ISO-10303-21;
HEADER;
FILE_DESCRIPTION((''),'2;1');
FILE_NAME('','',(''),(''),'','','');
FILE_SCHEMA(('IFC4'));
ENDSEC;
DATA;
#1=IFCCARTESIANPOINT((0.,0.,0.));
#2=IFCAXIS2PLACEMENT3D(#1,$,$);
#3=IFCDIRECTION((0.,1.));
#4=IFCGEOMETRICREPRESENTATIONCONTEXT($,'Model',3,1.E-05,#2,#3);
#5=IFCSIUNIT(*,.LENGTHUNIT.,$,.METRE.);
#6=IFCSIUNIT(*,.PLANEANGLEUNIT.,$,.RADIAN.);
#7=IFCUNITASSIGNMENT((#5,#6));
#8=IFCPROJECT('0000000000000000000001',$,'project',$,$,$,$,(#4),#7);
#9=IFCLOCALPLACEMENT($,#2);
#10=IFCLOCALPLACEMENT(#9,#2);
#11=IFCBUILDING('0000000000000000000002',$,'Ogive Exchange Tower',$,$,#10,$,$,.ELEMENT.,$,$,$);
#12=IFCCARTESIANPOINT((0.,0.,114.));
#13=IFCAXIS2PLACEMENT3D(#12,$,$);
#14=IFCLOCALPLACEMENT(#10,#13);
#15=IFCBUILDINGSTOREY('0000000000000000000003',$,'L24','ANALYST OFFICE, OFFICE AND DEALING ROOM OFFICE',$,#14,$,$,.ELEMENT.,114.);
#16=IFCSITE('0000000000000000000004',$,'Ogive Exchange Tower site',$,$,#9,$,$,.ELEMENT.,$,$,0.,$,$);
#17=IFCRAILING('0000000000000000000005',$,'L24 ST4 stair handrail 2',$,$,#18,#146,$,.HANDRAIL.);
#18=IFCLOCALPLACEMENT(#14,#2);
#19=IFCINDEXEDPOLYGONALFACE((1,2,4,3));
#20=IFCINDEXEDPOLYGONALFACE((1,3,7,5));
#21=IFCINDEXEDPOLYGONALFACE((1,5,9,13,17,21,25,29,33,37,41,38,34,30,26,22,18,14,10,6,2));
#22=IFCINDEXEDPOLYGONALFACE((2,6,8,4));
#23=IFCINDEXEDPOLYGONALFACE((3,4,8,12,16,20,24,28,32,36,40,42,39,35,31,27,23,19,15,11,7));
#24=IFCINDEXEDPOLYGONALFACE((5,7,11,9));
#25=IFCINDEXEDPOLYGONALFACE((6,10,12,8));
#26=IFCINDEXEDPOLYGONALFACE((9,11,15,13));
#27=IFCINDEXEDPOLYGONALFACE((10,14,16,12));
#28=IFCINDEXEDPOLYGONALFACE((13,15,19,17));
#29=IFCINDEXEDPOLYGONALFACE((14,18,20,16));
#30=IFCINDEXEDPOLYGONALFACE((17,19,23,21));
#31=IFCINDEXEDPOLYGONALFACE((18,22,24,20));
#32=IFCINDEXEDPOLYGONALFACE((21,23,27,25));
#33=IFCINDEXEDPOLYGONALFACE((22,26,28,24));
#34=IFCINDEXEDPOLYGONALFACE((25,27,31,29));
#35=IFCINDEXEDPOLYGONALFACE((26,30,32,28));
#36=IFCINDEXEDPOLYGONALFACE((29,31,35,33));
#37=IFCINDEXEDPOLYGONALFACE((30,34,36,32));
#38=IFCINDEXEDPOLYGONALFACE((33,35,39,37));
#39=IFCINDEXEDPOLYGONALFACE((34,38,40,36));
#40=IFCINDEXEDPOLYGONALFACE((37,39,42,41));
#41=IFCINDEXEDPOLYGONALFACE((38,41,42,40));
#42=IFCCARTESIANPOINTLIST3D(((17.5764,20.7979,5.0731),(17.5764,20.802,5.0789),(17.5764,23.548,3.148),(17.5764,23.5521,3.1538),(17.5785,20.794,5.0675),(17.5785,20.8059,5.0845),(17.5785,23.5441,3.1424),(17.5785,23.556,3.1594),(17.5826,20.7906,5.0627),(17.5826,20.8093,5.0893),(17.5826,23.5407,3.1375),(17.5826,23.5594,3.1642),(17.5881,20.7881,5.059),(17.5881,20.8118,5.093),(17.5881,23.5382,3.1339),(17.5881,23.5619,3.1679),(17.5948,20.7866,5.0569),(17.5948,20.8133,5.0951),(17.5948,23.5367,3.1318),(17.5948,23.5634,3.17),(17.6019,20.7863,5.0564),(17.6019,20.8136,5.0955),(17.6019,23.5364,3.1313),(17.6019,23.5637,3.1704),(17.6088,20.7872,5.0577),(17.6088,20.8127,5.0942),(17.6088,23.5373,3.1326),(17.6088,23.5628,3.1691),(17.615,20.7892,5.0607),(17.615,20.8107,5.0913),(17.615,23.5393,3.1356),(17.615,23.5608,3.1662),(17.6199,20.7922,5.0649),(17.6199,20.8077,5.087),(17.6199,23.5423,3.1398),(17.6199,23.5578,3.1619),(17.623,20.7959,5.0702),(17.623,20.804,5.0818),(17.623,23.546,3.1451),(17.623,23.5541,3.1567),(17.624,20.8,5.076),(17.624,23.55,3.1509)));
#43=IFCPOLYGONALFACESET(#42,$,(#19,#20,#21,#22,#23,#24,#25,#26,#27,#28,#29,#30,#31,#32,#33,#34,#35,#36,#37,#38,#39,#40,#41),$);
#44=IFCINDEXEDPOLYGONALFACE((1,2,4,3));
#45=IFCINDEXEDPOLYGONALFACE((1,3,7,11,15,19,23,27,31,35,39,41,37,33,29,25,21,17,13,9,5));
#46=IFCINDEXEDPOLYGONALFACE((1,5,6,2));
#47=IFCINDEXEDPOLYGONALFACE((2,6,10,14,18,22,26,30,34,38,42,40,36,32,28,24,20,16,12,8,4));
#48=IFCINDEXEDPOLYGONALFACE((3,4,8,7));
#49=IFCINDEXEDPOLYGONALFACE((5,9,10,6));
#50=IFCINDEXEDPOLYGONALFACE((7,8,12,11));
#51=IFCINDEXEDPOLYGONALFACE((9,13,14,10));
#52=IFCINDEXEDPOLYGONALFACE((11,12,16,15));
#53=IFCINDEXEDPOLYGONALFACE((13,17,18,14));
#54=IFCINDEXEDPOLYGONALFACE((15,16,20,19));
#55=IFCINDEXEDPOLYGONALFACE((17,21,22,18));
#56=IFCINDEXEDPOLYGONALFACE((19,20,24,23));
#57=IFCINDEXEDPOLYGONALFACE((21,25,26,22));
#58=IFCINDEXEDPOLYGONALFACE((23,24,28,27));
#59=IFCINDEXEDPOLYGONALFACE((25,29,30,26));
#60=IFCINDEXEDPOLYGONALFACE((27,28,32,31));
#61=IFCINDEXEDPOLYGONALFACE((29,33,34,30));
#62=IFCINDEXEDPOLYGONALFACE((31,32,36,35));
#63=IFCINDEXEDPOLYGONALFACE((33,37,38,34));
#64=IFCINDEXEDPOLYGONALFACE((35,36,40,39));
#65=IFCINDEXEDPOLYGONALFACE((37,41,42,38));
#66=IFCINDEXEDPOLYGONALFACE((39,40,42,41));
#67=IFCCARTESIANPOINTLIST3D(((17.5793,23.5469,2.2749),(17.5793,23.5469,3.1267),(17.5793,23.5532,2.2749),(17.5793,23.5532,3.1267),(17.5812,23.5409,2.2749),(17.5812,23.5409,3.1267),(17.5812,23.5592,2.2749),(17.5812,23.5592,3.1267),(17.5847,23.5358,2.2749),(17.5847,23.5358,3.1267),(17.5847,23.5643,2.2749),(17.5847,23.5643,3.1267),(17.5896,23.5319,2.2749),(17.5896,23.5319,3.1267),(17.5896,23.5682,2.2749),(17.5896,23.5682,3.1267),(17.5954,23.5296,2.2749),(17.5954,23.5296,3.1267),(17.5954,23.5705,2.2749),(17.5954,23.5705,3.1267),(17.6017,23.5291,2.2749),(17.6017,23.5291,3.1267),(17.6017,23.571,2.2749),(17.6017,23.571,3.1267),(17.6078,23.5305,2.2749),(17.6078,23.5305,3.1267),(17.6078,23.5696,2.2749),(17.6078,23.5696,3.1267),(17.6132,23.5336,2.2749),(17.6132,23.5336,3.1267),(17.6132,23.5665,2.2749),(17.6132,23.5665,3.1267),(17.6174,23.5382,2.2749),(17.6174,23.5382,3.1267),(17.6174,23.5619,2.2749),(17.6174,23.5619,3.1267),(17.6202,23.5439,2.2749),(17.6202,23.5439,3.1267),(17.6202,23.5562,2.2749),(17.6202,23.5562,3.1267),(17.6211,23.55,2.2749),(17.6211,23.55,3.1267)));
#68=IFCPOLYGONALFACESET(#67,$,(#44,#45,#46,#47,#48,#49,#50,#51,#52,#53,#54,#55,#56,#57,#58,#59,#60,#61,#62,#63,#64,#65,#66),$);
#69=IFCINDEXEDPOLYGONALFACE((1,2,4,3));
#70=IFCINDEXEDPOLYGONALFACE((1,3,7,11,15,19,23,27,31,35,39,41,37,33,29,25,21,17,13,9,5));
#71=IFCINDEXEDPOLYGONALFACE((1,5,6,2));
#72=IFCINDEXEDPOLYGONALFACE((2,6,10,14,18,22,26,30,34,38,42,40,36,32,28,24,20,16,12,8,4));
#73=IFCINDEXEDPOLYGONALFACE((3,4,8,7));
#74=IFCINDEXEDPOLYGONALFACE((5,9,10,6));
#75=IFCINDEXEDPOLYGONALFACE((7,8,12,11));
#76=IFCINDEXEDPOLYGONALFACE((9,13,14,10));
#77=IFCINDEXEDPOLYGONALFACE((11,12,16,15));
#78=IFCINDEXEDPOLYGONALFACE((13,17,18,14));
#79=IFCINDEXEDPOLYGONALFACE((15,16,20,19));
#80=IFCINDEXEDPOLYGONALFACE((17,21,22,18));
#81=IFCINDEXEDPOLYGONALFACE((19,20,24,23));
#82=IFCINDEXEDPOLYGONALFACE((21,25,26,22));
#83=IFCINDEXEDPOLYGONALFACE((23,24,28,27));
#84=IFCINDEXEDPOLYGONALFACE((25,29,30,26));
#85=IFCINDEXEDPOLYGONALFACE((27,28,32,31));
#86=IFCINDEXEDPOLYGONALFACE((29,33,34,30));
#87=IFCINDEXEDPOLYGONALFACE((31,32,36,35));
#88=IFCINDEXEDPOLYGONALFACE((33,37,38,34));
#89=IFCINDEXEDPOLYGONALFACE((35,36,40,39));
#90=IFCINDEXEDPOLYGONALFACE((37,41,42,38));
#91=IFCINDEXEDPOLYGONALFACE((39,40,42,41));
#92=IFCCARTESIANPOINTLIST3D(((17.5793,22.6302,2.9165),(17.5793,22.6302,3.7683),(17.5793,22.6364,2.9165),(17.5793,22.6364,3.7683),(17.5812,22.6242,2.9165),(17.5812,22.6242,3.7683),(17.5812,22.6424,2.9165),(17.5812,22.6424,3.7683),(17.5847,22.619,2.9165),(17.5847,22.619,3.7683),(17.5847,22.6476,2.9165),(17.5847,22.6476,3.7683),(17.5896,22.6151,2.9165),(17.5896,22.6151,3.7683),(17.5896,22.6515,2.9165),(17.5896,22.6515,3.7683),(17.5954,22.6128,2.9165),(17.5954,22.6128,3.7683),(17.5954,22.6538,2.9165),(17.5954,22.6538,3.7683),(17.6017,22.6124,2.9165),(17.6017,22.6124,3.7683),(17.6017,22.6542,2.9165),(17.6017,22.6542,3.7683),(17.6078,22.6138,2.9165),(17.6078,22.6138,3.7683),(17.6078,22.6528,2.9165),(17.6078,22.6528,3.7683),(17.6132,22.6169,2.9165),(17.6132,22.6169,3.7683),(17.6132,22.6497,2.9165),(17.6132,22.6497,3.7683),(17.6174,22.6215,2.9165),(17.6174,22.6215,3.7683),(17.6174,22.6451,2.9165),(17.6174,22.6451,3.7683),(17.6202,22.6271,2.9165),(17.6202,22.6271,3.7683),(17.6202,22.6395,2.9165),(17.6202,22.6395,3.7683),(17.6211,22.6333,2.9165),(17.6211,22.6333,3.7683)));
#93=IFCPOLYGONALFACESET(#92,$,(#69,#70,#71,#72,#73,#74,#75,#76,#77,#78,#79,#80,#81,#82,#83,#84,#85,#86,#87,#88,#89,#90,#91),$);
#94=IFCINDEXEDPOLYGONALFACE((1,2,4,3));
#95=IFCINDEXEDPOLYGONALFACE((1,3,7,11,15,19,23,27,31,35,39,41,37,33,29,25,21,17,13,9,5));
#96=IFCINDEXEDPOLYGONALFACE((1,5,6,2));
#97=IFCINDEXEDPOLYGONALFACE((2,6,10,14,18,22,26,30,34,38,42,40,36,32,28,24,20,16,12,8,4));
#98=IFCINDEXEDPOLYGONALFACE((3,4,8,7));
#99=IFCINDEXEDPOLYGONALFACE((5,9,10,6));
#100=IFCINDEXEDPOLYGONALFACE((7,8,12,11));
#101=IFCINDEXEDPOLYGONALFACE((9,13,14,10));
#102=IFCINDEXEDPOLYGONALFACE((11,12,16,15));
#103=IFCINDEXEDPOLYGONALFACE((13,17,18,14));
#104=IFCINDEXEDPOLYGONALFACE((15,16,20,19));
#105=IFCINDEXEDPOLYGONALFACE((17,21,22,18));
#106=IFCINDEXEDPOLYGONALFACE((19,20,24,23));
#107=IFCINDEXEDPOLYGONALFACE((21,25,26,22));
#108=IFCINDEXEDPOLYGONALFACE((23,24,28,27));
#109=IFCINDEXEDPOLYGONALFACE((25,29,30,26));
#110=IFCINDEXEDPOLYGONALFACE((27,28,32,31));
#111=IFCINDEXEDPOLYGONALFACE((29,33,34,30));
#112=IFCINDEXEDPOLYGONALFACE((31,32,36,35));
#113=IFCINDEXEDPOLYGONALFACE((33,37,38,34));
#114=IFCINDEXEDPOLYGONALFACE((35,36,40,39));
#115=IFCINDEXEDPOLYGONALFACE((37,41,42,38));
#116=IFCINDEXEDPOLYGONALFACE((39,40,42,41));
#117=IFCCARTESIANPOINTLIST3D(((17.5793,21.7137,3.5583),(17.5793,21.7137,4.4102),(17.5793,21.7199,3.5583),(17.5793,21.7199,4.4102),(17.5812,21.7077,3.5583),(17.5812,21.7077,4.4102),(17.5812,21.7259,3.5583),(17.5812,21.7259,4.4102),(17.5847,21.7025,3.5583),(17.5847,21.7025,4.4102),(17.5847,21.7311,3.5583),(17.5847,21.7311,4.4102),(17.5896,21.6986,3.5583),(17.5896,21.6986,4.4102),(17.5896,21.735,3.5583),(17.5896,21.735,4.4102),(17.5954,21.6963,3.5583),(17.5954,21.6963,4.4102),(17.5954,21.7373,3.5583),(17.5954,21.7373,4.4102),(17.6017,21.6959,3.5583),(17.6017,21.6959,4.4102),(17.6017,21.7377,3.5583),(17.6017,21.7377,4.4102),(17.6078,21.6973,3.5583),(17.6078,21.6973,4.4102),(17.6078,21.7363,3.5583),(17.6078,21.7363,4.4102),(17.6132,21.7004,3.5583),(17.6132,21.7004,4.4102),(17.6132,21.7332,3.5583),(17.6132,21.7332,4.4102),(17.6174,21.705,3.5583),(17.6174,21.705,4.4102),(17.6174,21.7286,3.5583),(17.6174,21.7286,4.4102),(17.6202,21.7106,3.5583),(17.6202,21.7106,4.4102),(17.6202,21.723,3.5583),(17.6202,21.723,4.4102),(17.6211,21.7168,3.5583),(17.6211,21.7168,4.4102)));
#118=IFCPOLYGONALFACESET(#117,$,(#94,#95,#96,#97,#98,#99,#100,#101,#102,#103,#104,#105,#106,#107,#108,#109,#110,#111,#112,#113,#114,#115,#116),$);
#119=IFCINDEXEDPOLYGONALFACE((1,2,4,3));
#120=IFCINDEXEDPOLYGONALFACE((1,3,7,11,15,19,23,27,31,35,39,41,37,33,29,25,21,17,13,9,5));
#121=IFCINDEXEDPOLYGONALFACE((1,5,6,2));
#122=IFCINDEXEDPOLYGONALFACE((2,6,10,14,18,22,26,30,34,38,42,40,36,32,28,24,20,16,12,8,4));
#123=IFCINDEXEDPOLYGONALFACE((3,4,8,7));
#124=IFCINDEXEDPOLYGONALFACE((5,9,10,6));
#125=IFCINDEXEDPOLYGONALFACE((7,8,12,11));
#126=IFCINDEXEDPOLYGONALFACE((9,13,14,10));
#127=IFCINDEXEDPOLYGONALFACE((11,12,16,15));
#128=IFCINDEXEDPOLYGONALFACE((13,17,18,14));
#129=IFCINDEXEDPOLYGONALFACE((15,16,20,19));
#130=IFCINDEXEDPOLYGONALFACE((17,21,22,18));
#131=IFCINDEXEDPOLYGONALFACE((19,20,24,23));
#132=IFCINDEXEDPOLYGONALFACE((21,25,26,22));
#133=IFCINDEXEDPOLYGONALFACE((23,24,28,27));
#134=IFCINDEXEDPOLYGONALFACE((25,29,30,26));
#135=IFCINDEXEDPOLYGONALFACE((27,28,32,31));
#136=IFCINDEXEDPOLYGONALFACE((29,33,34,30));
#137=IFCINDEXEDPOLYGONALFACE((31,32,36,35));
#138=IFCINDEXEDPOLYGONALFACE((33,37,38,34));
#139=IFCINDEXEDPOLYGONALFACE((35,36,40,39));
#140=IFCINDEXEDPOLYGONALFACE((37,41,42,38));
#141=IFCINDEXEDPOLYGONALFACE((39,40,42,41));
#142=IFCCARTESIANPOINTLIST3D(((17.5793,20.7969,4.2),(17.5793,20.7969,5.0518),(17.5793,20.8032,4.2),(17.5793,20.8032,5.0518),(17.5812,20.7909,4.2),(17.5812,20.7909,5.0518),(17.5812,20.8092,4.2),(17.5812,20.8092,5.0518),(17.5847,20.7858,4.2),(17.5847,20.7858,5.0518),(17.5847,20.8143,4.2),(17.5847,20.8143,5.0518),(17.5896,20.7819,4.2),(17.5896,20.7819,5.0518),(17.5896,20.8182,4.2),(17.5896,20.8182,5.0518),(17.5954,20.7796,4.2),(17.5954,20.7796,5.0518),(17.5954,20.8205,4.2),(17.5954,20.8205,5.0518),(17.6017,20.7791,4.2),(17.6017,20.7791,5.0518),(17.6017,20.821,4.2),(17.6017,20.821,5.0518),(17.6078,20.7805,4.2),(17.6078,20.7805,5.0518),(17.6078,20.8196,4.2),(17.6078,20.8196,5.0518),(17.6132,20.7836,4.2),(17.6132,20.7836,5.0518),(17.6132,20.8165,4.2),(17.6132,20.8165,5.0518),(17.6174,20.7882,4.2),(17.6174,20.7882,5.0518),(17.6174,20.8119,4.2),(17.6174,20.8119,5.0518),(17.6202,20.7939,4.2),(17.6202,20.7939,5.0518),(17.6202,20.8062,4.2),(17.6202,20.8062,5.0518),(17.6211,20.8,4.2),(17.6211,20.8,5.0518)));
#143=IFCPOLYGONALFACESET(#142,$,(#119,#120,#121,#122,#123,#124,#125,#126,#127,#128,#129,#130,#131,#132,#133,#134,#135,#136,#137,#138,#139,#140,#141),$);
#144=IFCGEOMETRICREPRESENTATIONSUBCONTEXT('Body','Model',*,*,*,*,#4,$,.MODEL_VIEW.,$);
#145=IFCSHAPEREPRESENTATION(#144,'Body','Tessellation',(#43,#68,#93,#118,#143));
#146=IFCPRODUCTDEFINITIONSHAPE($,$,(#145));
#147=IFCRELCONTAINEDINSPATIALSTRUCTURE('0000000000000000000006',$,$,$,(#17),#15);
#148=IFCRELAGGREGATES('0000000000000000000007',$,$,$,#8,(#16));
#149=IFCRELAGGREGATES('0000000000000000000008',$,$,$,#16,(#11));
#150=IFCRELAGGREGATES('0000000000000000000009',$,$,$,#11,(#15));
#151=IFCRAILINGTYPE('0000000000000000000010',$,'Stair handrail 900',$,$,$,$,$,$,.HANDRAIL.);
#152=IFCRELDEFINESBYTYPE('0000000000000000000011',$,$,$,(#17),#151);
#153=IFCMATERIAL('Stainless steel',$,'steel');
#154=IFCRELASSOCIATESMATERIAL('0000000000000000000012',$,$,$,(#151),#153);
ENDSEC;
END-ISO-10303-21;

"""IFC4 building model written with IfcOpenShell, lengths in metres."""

from ifc_helpers import new_model, si_unit, direction, frame, origin, origin_2d, place, context, subcontext, project, spatial, circle, extrude, material, type_object, element, save


model = new_model("IFC4")

# Units and contexts
model_context = context("Model", 3, precision=1e-05, world=origin(), true_north=direction((0.0, 1.0)))
body_context = subcontext(model_context, "Body", "Model", "MODEL_VIEW")
ifc_project = project(units=[si_unit("LENGTHUNIT", "METRE"), si_unit("PLANEANGLEUNIT", "RADIAN")], contexts=[model_context])

# Site, building, storey
site_placement = place(None, origin())
site = spatial("IfcSite", under=ifc_project, at=site_placement, Name="Ogive Exchange Tower site", CompositionType="ELEMENT", RefElevation=0.0)
building_placement = place(site_placement, origin())
building = spatial("IfcBuilding", under=site, at=building_placement, Name="Ogive Exchange Tower", CompositionType="ELEMENT")
storey_placement = place(building_placement, frame((0.0, 0.0, 114.0)))
storey = spatial("IfcBuildingStorey", under=building, at=storey_placement, Name="L24", Description="ANALYST OFFICE, OFFICE AND DEALING ROOM OFFICE", CompositionType="ELEMENT", Elevation=114.0)

# Shared definitions
ifc_material_1 = material(Name="Stainless steel", Category="steel")

# Railing
railing_type = type_object("IfcRailingType", Name="Stair handrail 900", PredefinedType="HANDRAIL", material=ifc_material_1)
railing_placement = place(storey_placement, frame((17.6001, 23.55, 2.2749)))
element("IfcRailing", 1, at=railing_placement, inside=storey, type_object=railing_type, Name="L24 ST4 stair handrail 2", PredefinedType="HANDRAIL", context=body_context, shape_type="SweptSolid", body=[
    extrude(circle(Radius=0.0239, at=origin_2d()), frame((0.0, 0.0, 0.876), z_axis=(0.0, -0.819225, 0.573472), x_axis=(1.0, 0.0, 0.0)), (0.0, 0.0, 1.0), 3.3569),
    extrude(circle(Radius=0.021, at=origin_2d()), origin(), (0.0, 0.0, 1.0), 0.8518),
    extrude(circle(Radius=0.021, at=origin_2d()), frame((0.0, -0.9167, 0.6416)), (0.0, 0.0, 1.0), 0.8518),
    extrude(circle(Radius=0.021, at=origin_2d()), frame((0.0, -1.8333, 1.2834)), (0.0, 0.0, 1.0), 0.8518),
    extrude(circle(Radius=0.021, at=origin_2d()), frame((0.0, -2.75, 1.925)), (0.0, 0.0, 1.0), 0.8518),
])

save(model, "model.ifc")
